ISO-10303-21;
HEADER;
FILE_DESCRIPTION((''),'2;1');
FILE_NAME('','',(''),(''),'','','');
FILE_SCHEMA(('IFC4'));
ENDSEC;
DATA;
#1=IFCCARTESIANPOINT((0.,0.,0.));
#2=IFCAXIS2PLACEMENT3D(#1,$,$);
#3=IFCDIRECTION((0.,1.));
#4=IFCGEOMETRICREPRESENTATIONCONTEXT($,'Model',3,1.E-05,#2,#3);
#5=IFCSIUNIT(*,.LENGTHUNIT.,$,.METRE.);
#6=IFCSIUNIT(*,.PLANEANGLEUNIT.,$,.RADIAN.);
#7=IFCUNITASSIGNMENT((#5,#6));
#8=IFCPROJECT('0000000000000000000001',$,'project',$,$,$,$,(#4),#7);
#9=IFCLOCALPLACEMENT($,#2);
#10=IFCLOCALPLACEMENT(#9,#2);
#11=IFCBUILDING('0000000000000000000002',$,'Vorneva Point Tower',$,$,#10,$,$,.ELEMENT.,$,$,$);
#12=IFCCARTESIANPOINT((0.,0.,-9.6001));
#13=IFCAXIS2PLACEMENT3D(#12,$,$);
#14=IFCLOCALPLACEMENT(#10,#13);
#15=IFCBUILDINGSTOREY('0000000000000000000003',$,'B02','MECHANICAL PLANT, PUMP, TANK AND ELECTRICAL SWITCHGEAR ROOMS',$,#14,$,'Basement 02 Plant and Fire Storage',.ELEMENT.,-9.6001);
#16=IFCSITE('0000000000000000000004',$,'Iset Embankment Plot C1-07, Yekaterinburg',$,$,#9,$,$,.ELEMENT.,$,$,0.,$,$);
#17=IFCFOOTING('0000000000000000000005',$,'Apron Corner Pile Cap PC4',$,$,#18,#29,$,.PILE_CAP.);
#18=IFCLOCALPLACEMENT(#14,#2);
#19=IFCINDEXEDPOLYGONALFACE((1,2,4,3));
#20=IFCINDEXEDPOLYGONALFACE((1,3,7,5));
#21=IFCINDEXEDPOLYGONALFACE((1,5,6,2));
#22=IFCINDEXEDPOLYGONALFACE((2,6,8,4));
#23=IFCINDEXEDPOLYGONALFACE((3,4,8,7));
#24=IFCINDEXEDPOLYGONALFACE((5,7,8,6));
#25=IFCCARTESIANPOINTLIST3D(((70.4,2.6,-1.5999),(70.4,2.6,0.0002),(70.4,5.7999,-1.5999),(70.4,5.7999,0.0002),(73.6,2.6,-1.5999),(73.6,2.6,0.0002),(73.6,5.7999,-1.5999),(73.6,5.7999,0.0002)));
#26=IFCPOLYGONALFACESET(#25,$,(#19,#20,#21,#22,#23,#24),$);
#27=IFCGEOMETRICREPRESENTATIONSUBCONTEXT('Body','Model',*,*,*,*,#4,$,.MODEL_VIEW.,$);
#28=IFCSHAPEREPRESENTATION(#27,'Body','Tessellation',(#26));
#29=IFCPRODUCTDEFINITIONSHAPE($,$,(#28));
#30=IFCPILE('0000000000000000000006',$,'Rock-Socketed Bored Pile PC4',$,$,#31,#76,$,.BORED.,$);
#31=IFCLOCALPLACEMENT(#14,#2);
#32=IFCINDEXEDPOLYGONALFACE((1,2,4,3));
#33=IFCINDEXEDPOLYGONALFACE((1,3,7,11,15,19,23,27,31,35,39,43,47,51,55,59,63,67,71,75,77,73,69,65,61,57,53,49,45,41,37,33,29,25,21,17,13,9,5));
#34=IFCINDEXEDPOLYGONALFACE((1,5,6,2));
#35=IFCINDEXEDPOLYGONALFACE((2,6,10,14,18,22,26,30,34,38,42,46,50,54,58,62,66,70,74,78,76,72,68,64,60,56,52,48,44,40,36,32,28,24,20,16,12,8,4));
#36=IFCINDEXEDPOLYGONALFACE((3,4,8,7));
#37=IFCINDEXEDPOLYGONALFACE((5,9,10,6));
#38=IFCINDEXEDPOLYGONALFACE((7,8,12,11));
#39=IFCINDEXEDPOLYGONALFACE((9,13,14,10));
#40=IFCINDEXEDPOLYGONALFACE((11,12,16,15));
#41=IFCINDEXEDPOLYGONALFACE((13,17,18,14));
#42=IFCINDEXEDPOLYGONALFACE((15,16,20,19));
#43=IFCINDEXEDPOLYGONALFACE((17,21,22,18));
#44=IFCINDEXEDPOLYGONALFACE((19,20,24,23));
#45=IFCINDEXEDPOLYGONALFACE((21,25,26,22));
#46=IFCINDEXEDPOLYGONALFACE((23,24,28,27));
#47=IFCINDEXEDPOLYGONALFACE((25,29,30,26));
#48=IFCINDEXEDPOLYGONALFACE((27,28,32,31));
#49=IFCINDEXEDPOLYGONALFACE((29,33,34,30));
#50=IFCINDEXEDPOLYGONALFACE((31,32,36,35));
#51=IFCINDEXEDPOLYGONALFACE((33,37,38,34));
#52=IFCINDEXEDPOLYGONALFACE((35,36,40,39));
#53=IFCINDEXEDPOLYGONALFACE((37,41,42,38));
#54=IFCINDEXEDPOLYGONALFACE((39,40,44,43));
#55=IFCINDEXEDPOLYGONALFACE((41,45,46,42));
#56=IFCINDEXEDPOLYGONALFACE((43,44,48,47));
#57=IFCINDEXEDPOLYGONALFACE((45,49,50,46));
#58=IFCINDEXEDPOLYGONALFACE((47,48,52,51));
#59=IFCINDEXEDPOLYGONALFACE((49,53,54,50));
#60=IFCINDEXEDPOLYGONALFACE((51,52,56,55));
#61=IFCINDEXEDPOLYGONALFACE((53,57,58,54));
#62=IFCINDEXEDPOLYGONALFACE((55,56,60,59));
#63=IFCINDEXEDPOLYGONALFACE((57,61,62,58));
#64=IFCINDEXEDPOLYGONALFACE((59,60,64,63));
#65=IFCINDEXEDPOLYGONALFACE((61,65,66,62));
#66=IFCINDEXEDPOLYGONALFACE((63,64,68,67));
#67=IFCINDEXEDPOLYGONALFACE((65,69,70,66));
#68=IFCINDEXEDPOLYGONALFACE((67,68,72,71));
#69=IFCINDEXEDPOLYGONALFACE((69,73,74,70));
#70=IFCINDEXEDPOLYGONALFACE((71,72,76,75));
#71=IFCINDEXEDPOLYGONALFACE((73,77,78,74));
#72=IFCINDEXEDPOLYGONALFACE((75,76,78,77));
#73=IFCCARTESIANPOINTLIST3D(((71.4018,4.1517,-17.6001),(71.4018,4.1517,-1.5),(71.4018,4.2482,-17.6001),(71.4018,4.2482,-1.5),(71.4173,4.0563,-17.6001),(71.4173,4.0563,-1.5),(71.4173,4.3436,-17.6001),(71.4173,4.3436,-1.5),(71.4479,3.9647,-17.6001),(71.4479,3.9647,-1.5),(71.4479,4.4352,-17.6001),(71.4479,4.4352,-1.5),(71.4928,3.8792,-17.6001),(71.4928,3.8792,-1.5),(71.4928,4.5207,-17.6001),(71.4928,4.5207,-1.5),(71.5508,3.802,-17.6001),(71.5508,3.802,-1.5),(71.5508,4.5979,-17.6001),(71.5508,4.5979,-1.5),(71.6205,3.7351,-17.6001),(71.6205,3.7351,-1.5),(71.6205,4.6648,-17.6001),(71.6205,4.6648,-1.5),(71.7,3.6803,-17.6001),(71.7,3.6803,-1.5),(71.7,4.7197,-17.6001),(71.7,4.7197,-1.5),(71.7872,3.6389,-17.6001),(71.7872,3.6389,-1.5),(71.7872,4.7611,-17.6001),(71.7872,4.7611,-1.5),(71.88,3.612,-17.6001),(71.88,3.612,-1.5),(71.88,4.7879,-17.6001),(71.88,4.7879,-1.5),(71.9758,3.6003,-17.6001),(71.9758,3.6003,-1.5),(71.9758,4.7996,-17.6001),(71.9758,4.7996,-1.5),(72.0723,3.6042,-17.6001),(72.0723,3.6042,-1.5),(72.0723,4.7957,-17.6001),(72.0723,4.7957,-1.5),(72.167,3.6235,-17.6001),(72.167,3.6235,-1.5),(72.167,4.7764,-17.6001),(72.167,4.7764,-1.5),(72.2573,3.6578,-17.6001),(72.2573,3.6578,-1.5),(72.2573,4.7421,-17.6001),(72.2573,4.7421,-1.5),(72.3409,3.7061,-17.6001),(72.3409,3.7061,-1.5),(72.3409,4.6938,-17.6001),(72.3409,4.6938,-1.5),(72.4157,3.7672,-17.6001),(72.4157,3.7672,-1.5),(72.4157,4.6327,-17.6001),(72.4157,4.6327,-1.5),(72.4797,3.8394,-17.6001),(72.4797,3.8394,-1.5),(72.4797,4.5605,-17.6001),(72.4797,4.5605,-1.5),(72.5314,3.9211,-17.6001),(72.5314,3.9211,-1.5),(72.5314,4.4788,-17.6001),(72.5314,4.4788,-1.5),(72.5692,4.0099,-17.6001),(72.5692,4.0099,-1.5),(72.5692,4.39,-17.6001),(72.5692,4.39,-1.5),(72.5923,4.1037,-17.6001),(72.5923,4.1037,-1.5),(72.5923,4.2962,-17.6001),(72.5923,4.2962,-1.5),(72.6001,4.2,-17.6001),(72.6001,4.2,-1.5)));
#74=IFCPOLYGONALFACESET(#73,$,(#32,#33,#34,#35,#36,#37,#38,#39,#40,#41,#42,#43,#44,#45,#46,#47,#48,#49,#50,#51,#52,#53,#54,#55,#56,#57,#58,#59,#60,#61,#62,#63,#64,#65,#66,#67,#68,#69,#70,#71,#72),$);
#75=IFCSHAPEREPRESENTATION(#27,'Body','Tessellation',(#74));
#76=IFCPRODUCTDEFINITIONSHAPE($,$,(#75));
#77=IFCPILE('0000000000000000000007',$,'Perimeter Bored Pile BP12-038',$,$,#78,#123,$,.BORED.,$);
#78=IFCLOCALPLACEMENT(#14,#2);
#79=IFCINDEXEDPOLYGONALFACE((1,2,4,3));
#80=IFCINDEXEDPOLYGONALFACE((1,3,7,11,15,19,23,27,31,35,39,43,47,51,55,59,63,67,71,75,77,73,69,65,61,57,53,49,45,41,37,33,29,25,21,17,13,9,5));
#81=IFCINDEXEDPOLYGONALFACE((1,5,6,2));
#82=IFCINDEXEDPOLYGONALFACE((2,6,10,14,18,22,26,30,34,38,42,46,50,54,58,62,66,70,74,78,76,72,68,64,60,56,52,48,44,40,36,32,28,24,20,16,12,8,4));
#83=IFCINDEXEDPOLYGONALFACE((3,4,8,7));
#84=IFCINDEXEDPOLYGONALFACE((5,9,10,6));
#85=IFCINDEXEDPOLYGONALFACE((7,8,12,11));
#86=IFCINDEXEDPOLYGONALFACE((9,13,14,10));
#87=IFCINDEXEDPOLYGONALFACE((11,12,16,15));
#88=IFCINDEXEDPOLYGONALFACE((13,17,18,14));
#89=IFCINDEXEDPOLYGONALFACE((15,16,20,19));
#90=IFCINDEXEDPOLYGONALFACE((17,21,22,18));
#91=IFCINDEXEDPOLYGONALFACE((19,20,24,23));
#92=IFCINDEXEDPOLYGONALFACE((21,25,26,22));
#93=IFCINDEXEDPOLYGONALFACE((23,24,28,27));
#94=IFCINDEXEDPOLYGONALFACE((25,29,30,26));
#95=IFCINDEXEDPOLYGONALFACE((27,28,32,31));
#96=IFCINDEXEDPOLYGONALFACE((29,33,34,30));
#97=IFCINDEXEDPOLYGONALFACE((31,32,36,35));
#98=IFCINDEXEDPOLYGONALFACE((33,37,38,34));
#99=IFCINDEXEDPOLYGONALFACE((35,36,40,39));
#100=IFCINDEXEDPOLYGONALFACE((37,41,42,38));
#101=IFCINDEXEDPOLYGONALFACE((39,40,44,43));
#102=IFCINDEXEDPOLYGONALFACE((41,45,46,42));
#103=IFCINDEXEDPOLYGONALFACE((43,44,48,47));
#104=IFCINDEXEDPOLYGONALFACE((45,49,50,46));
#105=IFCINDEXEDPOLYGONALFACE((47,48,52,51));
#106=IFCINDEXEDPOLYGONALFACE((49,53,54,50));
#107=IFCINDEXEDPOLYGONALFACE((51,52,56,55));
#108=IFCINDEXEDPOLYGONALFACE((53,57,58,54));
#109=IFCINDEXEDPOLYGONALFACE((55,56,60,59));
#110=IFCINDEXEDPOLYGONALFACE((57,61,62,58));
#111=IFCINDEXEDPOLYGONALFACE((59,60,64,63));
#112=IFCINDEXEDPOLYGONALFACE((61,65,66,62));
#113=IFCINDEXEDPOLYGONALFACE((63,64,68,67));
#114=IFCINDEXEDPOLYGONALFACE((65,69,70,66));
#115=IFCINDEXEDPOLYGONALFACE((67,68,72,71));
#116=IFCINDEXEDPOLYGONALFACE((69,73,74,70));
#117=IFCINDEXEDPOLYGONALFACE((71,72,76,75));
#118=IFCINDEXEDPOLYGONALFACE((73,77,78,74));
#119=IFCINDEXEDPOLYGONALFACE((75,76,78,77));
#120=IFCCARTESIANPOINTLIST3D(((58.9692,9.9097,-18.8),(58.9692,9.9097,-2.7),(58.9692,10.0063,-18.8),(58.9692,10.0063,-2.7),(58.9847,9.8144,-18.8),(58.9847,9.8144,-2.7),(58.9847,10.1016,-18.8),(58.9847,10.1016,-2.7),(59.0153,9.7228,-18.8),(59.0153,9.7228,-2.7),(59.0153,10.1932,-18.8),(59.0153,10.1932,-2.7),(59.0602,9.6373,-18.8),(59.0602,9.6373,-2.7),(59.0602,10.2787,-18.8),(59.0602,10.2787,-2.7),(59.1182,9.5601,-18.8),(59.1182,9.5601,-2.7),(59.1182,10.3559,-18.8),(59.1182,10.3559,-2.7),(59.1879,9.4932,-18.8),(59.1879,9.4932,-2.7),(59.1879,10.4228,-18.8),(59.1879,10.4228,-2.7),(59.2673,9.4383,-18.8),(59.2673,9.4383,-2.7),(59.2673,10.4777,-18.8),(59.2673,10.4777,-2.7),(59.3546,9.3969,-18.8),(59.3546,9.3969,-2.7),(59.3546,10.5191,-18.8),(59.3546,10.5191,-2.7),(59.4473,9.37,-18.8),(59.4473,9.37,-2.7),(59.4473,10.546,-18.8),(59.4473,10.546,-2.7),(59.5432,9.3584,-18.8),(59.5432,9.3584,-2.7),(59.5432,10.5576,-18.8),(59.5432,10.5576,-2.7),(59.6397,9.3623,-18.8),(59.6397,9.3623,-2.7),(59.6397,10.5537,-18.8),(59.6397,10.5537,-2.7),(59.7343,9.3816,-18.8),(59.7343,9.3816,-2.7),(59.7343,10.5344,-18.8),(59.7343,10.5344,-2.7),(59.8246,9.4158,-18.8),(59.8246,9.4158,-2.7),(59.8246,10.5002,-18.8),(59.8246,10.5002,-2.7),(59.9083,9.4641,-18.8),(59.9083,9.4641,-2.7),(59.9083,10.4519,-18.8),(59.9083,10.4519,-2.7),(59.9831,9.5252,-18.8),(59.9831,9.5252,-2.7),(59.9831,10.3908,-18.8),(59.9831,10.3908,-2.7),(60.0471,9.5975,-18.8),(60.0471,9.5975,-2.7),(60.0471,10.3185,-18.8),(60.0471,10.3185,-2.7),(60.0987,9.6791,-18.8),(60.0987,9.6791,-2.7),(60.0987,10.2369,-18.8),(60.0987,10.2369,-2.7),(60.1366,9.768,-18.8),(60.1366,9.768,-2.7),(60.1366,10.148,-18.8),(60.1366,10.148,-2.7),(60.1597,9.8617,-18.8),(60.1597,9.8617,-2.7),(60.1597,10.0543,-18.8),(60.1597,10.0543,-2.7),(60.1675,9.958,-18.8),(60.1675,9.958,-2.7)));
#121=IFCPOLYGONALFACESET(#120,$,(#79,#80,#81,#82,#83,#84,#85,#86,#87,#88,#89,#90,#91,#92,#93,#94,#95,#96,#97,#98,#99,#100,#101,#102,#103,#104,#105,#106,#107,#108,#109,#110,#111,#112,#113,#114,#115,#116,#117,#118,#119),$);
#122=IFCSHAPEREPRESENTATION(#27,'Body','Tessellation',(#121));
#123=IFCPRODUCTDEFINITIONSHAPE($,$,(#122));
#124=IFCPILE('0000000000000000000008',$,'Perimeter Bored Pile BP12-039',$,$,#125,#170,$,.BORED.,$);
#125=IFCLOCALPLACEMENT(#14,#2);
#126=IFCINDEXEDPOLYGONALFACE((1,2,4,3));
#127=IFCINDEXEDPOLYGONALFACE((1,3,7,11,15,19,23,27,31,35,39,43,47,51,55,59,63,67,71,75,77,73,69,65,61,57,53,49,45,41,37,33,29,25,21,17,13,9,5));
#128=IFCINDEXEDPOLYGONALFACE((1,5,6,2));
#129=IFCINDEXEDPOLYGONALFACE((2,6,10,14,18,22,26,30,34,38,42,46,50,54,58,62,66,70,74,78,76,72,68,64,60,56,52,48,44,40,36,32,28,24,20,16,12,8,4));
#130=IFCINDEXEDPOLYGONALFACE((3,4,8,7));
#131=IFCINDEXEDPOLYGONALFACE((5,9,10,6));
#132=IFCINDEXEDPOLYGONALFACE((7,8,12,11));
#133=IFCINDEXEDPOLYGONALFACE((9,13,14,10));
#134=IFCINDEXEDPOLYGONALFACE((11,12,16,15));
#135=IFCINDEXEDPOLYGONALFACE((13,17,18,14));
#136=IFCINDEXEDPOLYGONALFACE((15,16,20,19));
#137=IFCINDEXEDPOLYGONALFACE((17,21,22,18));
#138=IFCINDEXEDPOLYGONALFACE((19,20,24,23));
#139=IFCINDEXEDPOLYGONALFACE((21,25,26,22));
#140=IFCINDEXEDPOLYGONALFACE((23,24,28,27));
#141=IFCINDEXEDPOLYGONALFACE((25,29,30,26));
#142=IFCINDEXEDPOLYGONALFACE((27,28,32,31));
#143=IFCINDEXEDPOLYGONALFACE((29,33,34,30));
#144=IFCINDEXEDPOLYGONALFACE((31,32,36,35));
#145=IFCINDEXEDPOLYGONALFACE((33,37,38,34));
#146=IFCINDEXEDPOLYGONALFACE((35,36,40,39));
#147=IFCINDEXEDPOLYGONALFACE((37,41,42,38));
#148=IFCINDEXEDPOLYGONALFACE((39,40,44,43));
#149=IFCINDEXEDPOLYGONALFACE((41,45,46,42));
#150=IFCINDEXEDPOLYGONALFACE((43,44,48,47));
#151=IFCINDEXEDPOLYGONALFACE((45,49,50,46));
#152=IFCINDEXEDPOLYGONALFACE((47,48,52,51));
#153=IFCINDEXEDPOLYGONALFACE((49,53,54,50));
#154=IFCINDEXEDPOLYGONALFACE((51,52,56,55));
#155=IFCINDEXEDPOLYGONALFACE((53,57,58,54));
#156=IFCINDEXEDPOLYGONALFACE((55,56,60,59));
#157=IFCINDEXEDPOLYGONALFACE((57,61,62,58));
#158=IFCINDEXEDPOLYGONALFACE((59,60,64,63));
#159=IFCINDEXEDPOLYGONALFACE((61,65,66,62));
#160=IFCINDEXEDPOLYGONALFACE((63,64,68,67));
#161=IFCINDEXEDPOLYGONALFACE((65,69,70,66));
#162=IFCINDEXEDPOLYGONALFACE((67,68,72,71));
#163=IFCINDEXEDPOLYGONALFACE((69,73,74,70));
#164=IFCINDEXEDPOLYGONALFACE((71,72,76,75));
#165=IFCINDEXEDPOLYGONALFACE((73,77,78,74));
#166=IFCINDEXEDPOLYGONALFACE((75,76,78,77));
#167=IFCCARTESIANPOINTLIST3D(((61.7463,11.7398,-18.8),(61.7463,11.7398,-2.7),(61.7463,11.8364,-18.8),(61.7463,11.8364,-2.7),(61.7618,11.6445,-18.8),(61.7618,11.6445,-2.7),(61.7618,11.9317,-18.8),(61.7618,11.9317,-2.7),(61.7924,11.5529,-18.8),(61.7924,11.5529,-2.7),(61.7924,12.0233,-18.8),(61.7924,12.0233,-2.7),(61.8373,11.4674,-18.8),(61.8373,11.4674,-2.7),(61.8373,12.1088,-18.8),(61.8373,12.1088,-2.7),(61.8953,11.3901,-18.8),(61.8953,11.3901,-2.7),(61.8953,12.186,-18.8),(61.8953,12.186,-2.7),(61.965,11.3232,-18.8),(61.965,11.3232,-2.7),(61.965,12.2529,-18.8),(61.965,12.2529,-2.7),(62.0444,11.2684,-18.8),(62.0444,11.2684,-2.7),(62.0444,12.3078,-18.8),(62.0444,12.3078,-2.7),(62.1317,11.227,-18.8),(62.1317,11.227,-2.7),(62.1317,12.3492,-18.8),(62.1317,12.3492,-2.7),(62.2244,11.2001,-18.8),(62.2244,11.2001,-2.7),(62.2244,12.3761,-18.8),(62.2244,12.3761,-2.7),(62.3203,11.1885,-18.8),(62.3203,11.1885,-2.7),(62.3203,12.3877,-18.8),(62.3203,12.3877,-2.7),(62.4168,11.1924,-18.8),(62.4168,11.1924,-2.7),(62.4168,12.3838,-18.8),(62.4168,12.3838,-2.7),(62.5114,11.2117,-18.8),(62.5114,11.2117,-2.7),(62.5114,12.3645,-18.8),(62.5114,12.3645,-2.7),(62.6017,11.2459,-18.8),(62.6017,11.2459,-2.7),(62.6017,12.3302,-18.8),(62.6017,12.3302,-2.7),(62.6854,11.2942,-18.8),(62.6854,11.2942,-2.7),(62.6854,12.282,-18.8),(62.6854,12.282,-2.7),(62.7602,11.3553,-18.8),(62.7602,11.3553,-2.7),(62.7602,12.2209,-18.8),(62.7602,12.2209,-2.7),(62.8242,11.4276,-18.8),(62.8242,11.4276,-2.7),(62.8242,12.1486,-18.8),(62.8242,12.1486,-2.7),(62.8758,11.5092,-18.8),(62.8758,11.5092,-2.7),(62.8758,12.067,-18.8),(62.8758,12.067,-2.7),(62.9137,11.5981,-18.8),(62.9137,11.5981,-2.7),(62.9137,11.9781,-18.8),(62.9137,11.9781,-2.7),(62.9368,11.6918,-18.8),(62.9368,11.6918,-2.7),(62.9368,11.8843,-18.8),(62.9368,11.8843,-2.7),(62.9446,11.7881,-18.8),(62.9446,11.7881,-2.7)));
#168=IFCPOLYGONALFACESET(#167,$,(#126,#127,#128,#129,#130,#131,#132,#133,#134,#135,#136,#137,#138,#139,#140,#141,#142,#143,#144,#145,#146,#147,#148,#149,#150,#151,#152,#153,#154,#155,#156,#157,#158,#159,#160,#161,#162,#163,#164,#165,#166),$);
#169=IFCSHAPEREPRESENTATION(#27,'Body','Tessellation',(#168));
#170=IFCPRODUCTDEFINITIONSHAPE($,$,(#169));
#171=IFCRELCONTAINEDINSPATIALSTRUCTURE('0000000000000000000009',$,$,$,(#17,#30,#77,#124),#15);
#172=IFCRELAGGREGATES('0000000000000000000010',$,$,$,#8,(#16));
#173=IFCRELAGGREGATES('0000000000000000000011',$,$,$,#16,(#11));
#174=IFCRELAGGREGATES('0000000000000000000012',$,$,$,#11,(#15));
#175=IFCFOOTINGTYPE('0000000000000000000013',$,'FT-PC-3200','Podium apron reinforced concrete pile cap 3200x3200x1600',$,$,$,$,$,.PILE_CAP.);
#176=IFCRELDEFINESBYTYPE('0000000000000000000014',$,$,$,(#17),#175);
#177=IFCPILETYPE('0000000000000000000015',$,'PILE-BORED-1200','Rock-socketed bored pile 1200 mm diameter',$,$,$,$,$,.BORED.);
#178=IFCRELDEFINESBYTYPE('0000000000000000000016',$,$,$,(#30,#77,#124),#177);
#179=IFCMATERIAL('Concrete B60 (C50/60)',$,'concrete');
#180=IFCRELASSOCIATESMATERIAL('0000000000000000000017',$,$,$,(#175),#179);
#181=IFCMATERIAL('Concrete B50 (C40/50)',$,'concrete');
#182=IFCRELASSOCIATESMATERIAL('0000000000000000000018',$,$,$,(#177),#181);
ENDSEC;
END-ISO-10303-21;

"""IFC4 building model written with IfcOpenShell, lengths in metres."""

from ifc_helpers import new_model, si_unit, direction, frame, origin, origin_2d, place, context, subcontext, project, spatial, rectangle, circle, extrude, material, material_profile, profile_set, type_object, element, save


model = new_model("IFC4")

# Units and contexts
model_context = context("Model", 3, precision=1e-05, world=origin(), true_north=direction((0.0, 1.0)))
body_context = subcontext(model_context, "Body", "Model", "MODEL_VIEW")
ifc_project = project(units=[si_unit("LENGTHUNIT", "METRE"), si_unit("PLANEANGLEUNIT", "RADIAN")], contexts=[model_context])

# Site, building, storey
site_placement = place(None, origin())
site = spatial("IfcSite", under=ifc_project, at=site_placement, Name="Iset Embankment Plot C1-07, Yekaterinburg", CompositionType="ELEMENT", RefElevation=0.0)
building_placement = place(site_placement, origin())
building = spatial("IfcBuilding", under=site, at=building_placement, Name="Vorneva Point Tower", CompositionType="ELEMENT")
storey_placement = place(building_placement, frame((0.0, 0.0, -9.6001)))
storey = spatial("IfcBuildingStorey", under=building, at=storey_placement, Name="B02", Description="MECHANICAL PLANT, PUMP, TANK AND ELECTRICAL SWITCHGEAR ROOMS", LongName="Basement 02 Plant and Fire Storage", CompositionType="ELEMENT", Elevation=-9.6001)

# Footing
ifc_material_1 = material(Name="Concrete B60 (C50/60)", Category="concrete")
footing_type = type_object("IfcFootingType", Name="FT-PC-3200", Description="Podium apron reinforced concrete pile cap 3200x3200x1600", PredefinedType="PILE_CAP", material=ifc_material_1)
footing_placement = place(storey_placement, frame((72.0, 4.2, -1.5999), z_axis=(0.0, 0.0, 1.0), x_axis=(1.0, 0.0, 0.0)))
element("IfcFooting", 1, at=footing_placement, inside=storey, type_object=footing_type, Name="Apron Corner Pile Cap PC4", PredefinedType="PILE_CAP", context=body_context, shape_type="SweptSolid", body=[
    extrude(rectangle(XDim=3.2, YDim=3.2, at=origin_2d()), origin(), (0.0, 0.0, 1.0), 1.6001),
])

# Piles
ifc_material_2 = material(Name="Concrete B50 (C40/50)", Category="concrete")
ifc_material_profile_1 = material_profile(ifc_material_2, circle(Radius=0.6001, at=origin_2d()), Name="PILE-1200")
ifc_profile_set_1 = profile_set([ifc_material_profile_1], Name="Concrete B50 (C40/50)")
pile_type = type_object("IfcPileType", Name="PILE-BORED-1200", Description="Rock-socketed bored pile 1200 mm diameter", PredefinedType="BORED", material=ifc_profile_set_1)
for number, where, z_axis, x_axis, name in (
    (2, (72.0, 4.2, -1.5), (0.0, 0.0, -1.0), (1.0, 0.0, 0.0), "Rock-Socketed Bored Pile PC4"),
    (3, (59.5674, 9.958, -2.7), (0.0, 0.0, -1.0), (1.0, 0.0, 0.0), "Perimeter Bored Pile BP12-038"),
    (4, (62.3445, 11.7881, -2.7), (0.0, 0.0, -1.0), (1.0, 0.0, 0.0), "Perimeter Bored Pile BP12-039"),
):
    element("IfcPile", number, at=place(storey_placement, frame(where, z_axis=z_axis, x_axis=x_axis)), inside=storey, type_object=pile_type, Name=name, PredefinedType="BORED", context=body_context, shape_type="SweptSolid", body=[
        extrude(circle(Radius=0.6001, at=origin_2d()), origin(), (0.0, 0.0, 1.0), 16.1001),
    ])

save(model, "model.ifc")
